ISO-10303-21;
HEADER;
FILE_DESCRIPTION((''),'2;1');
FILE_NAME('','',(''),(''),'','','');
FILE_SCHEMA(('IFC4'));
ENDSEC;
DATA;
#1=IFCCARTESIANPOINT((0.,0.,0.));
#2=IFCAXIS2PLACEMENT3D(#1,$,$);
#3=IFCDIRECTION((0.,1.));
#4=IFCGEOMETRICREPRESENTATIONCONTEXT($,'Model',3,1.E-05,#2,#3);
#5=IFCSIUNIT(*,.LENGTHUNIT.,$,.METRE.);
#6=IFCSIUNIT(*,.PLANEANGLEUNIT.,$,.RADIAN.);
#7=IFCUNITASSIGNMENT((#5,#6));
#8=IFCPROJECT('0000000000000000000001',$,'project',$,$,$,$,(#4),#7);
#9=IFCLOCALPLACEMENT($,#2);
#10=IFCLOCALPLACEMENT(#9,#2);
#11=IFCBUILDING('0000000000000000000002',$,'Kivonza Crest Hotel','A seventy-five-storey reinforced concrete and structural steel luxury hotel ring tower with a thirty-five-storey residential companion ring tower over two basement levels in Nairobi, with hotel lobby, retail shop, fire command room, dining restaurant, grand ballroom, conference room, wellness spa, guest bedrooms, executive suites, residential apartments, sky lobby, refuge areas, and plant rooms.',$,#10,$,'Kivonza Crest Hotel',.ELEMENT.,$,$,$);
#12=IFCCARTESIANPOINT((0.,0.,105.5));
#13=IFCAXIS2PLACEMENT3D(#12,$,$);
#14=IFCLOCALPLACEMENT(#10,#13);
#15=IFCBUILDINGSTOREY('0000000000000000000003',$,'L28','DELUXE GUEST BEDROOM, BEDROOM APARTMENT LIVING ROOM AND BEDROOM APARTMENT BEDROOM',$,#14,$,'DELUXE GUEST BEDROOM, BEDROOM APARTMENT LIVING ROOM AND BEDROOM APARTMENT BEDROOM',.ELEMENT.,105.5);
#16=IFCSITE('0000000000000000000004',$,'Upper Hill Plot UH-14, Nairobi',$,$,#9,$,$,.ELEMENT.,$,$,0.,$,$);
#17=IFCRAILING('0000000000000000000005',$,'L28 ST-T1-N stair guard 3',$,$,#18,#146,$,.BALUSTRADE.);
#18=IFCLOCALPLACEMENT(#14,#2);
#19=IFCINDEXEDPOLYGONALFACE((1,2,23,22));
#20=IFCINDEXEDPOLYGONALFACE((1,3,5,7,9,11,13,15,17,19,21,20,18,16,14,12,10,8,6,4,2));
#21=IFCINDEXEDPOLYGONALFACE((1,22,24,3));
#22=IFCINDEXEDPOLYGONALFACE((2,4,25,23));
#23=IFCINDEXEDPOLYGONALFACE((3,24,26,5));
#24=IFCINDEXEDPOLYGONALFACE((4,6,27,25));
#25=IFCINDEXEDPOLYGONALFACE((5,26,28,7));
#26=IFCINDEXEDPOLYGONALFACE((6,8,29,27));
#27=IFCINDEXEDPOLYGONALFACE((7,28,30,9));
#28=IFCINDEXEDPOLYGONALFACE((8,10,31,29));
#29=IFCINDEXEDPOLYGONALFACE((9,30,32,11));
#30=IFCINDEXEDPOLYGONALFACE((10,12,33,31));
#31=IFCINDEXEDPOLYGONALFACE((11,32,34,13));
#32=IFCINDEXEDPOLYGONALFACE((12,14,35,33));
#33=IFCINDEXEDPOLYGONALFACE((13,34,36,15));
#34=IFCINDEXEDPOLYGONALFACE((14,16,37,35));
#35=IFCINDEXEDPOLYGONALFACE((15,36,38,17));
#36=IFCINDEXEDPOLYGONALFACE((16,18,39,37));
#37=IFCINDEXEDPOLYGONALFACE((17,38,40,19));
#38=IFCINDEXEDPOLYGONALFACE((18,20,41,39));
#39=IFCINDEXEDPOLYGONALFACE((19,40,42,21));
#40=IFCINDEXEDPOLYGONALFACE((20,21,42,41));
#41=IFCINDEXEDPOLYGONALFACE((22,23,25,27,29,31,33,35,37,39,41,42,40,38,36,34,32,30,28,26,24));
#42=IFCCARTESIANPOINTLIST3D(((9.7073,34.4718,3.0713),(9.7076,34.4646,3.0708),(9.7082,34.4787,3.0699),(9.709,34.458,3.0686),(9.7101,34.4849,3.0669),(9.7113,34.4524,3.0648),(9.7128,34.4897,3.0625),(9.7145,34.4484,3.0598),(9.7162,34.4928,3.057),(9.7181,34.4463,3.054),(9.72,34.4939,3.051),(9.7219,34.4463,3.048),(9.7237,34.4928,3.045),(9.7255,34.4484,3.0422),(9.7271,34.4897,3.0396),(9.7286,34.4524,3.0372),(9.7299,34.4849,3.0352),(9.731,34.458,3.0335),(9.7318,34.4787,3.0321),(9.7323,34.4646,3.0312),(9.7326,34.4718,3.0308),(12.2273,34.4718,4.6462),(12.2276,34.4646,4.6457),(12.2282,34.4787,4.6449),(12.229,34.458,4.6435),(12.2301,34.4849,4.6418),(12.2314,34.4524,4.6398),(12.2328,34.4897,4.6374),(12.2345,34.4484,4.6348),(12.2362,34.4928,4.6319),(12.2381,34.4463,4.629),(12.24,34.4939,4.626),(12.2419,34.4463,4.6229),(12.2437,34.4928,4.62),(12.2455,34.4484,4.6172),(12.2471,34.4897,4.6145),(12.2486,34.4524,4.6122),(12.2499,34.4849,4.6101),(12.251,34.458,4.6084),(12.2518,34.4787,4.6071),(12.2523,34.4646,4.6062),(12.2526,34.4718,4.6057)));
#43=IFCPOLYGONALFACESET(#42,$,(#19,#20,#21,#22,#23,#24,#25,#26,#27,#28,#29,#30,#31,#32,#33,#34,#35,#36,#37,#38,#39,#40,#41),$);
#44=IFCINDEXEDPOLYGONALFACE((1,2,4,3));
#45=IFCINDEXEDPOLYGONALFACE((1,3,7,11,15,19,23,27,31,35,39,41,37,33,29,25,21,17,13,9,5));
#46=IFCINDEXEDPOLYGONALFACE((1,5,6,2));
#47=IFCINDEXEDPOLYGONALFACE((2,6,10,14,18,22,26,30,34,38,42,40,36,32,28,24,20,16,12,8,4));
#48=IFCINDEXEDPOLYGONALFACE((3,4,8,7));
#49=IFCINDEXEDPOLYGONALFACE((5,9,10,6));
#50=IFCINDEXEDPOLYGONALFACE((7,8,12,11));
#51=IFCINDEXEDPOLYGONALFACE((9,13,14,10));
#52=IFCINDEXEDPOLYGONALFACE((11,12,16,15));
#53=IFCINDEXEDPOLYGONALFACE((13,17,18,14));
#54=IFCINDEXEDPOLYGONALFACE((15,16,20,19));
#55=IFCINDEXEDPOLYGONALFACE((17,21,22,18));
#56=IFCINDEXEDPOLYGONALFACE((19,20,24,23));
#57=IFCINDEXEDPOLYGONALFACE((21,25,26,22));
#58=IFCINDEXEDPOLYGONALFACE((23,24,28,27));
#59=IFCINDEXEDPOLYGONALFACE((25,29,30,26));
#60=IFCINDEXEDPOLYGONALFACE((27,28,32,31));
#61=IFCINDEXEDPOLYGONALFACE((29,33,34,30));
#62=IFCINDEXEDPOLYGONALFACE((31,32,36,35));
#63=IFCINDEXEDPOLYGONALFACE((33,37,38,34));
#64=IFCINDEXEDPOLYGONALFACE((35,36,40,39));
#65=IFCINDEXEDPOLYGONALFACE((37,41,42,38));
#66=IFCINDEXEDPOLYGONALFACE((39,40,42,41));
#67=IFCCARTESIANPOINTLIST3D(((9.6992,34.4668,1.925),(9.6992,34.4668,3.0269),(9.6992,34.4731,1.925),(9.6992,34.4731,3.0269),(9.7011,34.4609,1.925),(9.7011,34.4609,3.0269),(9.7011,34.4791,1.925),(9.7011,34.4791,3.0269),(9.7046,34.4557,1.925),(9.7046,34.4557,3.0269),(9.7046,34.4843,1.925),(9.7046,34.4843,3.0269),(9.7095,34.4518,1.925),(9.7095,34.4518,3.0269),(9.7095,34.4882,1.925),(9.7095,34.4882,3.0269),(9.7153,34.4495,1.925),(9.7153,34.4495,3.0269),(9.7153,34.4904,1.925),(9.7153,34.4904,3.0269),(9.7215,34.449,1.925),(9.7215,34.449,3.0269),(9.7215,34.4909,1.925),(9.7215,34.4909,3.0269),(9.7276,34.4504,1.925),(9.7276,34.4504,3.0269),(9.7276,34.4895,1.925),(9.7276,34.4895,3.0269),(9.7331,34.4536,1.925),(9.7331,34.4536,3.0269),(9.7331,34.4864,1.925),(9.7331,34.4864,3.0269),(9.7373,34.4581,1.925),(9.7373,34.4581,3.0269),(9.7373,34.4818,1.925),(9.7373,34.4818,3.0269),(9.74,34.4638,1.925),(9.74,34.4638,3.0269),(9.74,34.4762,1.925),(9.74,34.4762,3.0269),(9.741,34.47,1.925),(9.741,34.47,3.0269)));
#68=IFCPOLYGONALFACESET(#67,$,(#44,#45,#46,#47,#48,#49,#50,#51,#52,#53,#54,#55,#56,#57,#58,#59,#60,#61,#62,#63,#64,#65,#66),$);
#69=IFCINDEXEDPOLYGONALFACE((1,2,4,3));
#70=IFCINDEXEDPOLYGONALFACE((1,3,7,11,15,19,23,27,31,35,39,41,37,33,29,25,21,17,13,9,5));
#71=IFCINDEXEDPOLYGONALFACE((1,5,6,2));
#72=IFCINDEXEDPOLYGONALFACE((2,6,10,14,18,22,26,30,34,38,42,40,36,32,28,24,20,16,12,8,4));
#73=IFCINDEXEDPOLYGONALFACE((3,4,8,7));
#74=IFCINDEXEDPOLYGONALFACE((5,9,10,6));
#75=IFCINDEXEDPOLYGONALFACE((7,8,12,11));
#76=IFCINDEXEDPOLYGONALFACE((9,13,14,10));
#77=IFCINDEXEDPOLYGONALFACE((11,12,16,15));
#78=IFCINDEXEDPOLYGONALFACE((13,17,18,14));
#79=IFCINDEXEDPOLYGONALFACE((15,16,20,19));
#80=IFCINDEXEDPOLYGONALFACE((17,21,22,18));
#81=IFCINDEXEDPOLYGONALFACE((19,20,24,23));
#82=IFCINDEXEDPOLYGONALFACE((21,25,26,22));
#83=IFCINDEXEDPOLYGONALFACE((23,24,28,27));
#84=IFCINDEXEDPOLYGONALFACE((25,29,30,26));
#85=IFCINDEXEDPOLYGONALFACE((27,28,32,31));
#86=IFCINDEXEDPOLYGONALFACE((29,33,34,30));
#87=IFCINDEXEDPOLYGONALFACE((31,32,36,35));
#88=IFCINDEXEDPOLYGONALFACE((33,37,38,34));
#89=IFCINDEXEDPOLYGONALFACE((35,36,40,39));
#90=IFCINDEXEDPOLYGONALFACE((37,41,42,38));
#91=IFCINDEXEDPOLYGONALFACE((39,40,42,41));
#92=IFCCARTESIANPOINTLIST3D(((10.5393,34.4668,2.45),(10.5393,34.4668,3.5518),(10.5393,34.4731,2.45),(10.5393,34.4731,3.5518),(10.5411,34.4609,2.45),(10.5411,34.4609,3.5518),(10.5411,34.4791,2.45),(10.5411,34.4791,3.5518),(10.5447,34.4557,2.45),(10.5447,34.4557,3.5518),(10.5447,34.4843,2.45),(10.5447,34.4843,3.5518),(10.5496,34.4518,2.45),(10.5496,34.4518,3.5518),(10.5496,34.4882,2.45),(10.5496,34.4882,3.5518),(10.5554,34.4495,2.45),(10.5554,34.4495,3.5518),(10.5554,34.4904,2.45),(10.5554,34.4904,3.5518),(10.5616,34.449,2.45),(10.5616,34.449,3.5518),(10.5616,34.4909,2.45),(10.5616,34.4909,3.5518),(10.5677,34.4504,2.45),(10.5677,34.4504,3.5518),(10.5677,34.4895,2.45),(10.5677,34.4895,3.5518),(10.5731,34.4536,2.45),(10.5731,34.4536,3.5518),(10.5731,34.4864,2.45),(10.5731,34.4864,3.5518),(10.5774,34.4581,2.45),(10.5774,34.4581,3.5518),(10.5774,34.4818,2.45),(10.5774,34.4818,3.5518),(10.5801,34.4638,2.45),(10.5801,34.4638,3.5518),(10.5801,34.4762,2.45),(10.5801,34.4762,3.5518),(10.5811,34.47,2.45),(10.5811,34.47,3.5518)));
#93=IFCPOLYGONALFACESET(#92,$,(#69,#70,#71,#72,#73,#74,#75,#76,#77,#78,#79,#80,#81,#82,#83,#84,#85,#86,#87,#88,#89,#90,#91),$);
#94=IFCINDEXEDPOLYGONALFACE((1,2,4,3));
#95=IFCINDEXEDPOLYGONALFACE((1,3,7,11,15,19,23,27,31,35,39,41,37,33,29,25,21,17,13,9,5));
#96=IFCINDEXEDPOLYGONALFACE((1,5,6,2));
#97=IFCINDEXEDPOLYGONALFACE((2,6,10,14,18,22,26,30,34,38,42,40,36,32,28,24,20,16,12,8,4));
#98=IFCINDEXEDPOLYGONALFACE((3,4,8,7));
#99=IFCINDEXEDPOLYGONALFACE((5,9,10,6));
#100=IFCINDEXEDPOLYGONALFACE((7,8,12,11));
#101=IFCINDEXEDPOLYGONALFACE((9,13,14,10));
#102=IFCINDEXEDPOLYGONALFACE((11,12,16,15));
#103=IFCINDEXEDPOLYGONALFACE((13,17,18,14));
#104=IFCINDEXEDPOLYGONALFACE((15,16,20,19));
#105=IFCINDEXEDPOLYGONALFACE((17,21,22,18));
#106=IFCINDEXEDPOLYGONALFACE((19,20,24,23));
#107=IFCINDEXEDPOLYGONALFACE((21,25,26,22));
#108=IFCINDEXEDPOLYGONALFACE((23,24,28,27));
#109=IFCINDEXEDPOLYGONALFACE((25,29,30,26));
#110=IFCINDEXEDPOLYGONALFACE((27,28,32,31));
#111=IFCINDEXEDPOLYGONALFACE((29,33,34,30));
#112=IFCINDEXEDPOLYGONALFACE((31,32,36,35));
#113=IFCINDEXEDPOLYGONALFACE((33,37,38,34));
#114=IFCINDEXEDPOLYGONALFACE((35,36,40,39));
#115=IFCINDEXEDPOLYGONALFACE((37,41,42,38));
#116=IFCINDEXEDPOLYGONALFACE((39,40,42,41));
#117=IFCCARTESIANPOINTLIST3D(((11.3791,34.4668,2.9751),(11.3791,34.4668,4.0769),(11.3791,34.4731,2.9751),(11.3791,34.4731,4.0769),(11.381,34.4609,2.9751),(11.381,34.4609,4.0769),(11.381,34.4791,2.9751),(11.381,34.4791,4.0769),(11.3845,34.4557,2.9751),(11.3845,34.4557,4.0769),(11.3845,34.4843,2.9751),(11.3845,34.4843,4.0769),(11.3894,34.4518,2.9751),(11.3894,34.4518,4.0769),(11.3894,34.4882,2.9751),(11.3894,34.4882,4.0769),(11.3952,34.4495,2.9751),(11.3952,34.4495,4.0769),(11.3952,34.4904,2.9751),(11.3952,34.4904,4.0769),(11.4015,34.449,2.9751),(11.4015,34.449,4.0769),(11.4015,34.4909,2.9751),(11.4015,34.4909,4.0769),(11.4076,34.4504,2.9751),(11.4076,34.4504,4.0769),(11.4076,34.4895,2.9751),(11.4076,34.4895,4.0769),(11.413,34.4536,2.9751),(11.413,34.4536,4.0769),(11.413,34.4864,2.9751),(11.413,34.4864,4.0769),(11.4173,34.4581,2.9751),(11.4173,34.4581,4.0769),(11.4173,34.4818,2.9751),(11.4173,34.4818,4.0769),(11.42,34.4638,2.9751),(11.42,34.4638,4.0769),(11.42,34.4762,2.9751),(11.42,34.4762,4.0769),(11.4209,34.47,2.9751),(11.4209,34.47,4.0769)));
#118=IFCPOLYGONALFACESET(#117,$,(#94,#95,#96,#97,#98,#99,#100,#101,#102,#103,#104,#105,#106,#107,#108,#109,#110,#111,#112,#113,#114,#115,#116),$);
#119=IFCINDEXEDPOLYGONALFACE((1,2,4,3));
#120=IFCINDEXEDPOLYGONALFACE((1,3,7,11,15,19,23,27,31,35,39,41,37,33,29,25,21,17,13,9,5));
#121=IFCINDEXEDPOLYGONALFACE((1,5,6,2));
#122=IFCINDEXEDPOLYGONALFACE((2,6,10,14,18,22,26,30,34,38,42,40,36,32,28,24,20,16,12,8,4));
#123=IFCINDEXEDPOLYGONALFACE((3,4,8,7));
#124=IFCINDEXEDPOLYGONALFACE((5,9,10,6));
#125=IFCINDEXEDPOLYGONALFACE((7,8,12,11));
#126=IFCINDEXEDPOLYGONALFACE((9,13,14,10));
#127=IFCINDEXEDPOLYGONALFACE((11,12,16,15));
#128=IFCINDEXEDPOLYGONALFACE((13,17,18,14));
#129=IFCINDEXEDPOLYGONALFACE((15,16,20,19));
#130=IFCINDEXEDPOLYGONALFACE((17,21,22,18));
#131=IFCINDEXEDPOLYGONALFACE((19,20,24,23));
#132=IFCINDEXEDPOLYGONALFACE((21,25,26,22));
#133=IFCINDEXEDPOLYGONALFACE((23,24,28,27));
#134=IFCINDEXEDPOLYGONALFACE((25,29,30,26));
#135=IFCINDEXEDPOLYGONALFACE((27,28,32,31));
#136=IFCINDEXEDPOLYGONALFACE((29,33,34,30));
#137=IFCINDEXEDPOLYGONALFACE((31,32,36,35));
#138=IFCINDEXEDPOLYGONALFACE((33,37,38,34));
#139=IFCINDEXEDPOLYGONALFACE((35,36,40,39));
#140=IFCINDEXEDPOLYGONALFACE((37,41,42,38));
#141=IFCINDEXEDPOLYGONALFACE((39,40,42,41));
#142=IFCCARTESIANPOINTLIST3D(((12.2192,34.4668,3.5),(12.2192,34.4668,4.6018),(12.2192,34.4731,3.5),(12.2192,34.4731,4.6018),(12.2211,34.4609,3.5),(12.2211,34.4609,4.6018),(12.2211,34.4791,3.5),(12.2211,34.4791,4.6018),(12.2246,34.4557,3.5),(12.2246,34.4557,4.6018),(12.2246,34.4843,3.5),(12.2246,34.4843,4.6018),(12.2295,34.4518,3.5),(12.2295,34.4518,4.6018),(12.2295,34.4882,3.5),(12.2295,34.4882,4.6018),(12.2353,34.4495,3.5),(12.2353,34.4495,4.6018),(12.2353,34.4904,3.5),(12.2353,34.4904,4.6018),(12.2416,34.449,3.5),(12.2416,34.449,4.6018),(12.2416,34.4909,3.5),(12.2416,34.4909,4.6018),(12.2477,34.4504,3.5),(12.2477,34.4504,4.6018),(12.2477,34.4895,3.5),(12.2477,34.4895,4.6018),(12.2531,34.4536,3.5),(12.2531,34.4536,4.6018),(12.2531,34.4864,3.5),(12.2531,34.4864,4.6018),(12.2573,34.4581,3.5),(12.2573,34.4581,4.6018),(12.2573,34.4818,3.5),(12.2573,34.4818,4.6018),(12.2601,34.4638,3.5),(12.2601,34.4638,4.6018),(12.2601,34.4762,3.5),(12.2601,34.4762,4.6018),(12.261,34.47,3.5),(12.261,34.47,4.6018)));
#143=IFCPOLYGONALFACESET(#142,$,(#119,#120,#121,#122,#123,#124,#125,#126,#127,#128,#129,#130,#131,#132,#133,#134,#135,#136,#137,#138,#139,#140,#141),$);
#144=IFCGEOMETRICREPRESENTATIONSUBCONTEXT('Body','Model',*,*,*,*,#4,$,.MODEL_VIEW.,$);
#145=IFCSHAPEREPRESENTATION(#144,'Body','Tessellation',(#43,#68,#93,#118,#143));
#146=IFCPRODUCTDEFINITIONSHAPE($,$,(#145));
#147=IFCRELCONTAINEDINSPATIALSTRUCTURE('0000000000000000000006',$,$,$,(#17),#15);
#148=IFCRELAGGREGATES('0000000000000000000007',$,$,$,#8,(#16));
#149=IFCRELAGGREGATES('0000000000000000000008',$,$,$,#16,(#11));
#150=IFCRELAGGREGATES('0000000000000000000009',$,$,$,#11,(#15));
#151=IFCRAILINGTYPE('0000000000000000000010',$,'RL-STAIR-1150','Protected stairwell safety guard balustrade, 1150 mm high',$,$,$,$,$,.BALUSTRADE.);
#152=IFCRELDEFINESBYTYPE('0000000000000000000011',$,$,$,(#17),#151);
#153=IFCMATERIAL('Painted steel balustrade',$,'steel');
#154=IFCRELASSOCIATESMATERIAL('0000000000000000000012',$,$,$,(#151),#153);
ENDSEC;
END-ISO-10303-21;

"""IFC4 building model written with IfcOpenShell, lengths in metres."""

from ifc_helpers import new_model, si_unit, direction, frame, origin, origin_2d, place, context, subcontext, project, spatial, circle, extrude, material, type_object, element, save


model = new_model("IFC4")

# Units and contexts
model_context = context("Model", 3, precision=1e-05, world=origin(), true_north=direction((0.0, 1.0)))
body_context = subcontext(model_context, "Body", "Model", "MODEL_VIEW")
ifc_project = project(units=[si_unit("LENGTHUNIT", "METRE"), si_unit("PLANEANGLEUNIT", "RADIAN")], contexts=[model_context])

# Site, building, storey
site_placement = place(None, origin())
site = spatial("IfcSite", under=ifc_project, at=site_placement, Name="Upper Hill Plot UH-14, Nairobi", CompositionType="ELEMENT", RefElevation=0.0)
building_placement = place(site_placement, origin())
building = spatial("IfcBuilding", under=site, at=building_placement, Name="Kivonza Crest Hotel", Description="A seventy-five-storey reinforced concrete and structural steel luxury hotel ring tower with a thirty-five-storey residential companion ring tower over two basement levels in Nairobi, with hotel lobby, retail shop, fire command room, dining restaurant, grand ballroom, conference room, wellness spa, guest bedrooms, executive suites, residential apartments, sky lobby, refuge areas, and plant rooms.", LongName="Kivonza Crest Hotel", CompositionType="ELEMENT")
storey_placement = place(building_placement, frame((0.0, 0.0, 105.5)))
storey = spatial("IfcBuildingStorey", under=building, at=storey_placement, Name="L28", Description="DELUXE GUEST BEDROOM, BEDROOM APARTMENT LIVING ROOM AND BEDROOM APARTMENT BEDROOM", LongName="DELUXE GUEST BEDROOM, BEDROOM APARTMENT LIVING ROOM AND BEDROOM APARTMENT BEDROOM", CompositionType="ELEMENT", Elevation=105.5)

# Railing
ifc_material_1 = material(Name="Painted steel balustrade", Category="steel")
railing_type_1 = type_object("IfcRailingType", Name="RL-STAIR-1150", Description="Protected stairwell safety guard balustrade, 1150 mm high", PredefinedType="BALUSTRADE", material=ifc_material_1)
railing_1_placement = place(storey_placement, frame((9.72, 34.47, 1.925)))
element("IfcRailing", 1, at=railing_1_placement, inside=storey, type_object=railing_type_1, Name="L28 ST-T1-N stair guard 3", PredefinedType="BALUSTRADE", context=body_context, shape_type="SweptSolid", body=[
    extrude(circle(Radius=0.0239, at=origin_2d()), frame((0.0, 0.0, 1.126), z_axis=(0.848008, 0.0, 0.529984), x_axis=(0.0, 1.0, 0.0)), (0.0, 0.0, 1.0), 2.9717),
    extrude(circle(Radius=0.021, at=origin_2d()), origin(), (0.0, 0.0, 1.0), 1.1018),
    extrude(circle(Radius=0.021, at=origin_2d()), frame((0.8401, 0.0, 0.5249)), (0.0, 0.0, 1.0), 1.1018),
    extrude(circle(Radius=0.021, at=origin_2d()), frame((1.6799, 0.0, 1.05)), (0.0, 0.0, 1.0), 1.1018),
    extrude(circle(Radius=0.021, at=origin_2d()), frame((2.52, 0.0, 1.575)), (0.0, 0.0, 1.0), 1.1018),
])

save(model, "model.ifc")
